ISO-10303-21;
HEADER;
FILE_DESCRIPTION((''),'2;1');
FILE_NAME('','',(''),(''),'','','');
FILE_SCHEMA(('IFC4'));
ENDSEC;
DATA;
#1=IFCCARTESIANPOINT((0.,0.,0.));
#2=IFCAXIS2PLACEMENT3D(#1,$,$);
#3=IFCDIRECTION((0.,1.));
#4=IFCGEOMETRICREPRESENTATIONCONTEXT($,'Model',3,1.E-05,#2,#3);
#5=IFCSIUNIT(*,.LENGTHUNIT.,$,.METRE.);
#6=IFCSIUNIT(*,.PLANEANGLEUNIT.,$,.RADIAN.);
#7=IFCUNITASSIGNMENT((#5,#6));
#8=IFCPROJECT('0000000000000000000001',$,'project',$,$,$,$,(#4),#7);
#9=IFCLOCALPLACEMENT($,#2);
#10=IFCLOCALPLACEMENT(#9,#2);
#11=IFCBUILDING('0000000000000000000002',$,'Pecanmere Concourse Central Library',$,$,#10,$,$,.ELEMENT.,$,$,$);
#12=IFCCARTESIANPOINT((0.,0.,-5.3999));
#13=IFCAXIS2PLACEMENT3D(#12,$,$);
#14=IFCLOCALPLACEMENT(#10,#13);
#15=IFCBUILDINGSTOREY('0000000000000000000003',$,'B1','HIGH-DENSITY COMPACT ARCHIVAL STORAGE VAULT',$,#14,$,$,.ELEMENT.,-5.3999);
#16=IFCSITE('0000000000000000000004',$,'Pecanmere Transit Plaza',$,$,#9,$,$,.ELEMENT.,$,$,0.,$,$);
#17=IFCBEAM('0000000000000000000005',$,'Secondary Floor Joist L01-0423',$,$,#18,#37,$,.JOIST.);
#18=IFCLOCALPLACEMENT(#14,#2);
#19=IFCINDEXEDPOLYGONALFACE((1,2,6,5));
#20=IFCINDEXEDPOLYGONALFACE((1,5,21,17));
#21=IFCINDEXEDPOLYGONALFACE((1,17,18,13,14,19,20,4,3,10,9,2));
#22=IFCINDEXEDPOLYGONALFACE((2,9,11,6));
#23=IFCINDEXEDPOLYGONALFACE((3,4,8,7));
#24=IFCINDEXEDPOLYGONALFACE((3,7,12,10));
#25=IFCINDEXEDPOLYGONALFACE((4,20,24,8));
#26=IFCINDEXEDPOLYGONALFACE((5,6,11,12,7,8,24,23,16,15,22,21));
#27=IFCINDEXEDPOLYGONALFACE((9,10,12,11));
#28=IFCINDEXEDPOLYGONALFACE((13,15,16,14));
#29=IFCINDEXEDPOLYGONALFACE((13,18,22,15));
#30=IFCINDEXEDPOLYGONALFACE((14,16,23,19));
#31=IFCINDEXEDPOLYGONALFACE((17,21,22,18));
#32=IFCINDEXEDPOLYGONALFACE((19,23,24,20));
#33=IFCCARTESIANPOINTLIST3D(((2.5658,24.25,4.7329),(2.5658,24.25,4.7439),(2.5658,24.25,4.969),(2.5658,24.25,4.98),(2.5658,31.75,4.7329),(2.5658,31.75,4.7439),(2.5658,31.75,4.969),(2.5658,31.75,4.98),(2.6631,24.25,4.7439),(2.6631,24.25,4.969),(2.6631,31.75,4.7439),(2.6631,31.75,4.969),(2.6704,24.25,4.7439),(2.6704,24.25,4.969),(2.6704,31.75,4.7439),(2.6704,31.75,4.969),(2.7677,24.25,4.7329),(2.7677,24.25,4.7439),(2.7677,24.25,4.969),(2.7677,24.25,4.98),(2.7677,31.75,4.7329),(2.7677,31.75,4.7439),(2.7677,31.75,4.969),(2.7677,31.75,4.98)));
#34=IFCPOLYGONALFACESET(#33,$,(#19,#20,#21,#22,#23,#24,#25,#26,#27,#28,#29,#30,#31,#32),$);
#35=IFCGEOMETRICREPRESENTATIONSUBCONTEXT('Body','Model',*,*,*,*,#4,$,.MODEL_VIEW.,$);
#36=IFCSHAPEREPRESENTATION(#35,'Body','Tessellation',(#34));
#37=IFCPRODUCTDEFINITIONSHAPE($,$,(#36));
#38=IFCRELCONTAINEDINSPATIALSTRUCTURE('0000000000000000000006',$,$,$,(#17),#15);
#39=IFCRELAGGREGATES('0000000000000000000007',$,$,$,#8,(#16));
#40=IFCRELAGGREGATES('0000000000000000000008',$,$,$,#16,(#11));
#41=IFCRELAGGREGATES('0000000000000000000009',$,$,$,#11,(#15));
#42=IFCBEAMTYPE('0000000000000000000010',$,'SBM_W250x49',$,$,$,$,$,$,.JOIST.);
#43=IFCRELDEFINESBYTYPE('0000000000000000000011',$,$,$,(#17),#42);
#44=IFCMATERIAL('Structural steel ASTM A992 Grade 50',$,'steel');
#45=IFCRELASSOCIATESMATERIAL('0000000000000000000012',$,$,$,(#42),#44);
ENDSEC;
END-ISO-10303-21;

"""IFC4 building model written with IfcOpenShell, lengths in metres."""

from ifc_helpers import new_model, si_unit, direction, frame, origin, origin_2d, place, context, subcontext, project, spatial, i_section, extrude, material, material_profile, profile_set, type_object, element, save


model = new_model("IFC4")

# Units and contexts
model_context = context("Model", 3, precision=1e-05, world=origin(), true_north=direction((0.0, 1.0)))
body_context = subcontext(model_context, "Body", "Model", "MODEL_VIEW")
ifc_project = project(units=[si_unit("LENGTHUNIT", "METRE"), si_unit("PLANEANGLEUNIT", "RADIAN")], contexts=[model_context])

# Site, building, storey
site_placement = place(None, origin())
site = spatial("IfcSite", under=ifc_project, at=site_placement, Name="Pecanmere Transit Plaza", CompositionType="ELEMENT", RefElevation=0.0)
building_placement = place(site_placement, origin())
building = spatial("IfcBuilding", under=site, at=building_placement, Name="Pecanmere Concourse Central Library", CompositionType="ELEMENT")
storey_placement = place(building_placement, frame((0.0, 0.0, -5.3999)))
storey = spatial("IfcBuildingStorey", under=building, at=storey_placement, Name="B1", Description="HIGH-DENSITY COMPACT ARCHIVAL STORAGE VAULT", CompositionType="ELEMENT", Elevation=-5.3999)

# Beam
ifc_material_1 = material(Name="Structural steel ASTM A992 Grade 50", Category="steel")
ifc_material_profile_1 = material_profile(ifc_material_1, i_section(OverallWidth=0.2019, OverallDepth=0.2471, WebThickness=0.0073, FlangeThickness=0.011, at=origin_2d()), Name="W250x49.1")
ifc_profile_set_1 = profile_set([ifc_material_profile_1], Name="Structural steel ASTM A992 Grade 50")
beam_type_1 = type_object("IfcBeamType", Name="SBM_W250x49", PredefinedType="JOIST", material=ifc_profile_set_1)
beam_1_placement = place(storey_placement, frame((2.6667, 24.25, 4.8564), z_axis=(0.0, 1.0, 0.0), x_axis=(-1.0, 0.0, 0.0)))
element("IfcBeam", 1, at=beam_1_placement, inside=storey, type_object=beam_type_1, Name="Secondary Floor Joist L01-0423", PredefinedType="JOIST", context=body_context, shape_type="SweptSolid", body=[
    extrude(i_section(OverallWidth=0.2019, OverallDepth=0.2471, WebThickness=0.0073, FlangeThickness=0.011, at=origin_2d()), origin(), (0.0, 0.0, 1.0), 7.5),
])

save(model, "model.ifc")
